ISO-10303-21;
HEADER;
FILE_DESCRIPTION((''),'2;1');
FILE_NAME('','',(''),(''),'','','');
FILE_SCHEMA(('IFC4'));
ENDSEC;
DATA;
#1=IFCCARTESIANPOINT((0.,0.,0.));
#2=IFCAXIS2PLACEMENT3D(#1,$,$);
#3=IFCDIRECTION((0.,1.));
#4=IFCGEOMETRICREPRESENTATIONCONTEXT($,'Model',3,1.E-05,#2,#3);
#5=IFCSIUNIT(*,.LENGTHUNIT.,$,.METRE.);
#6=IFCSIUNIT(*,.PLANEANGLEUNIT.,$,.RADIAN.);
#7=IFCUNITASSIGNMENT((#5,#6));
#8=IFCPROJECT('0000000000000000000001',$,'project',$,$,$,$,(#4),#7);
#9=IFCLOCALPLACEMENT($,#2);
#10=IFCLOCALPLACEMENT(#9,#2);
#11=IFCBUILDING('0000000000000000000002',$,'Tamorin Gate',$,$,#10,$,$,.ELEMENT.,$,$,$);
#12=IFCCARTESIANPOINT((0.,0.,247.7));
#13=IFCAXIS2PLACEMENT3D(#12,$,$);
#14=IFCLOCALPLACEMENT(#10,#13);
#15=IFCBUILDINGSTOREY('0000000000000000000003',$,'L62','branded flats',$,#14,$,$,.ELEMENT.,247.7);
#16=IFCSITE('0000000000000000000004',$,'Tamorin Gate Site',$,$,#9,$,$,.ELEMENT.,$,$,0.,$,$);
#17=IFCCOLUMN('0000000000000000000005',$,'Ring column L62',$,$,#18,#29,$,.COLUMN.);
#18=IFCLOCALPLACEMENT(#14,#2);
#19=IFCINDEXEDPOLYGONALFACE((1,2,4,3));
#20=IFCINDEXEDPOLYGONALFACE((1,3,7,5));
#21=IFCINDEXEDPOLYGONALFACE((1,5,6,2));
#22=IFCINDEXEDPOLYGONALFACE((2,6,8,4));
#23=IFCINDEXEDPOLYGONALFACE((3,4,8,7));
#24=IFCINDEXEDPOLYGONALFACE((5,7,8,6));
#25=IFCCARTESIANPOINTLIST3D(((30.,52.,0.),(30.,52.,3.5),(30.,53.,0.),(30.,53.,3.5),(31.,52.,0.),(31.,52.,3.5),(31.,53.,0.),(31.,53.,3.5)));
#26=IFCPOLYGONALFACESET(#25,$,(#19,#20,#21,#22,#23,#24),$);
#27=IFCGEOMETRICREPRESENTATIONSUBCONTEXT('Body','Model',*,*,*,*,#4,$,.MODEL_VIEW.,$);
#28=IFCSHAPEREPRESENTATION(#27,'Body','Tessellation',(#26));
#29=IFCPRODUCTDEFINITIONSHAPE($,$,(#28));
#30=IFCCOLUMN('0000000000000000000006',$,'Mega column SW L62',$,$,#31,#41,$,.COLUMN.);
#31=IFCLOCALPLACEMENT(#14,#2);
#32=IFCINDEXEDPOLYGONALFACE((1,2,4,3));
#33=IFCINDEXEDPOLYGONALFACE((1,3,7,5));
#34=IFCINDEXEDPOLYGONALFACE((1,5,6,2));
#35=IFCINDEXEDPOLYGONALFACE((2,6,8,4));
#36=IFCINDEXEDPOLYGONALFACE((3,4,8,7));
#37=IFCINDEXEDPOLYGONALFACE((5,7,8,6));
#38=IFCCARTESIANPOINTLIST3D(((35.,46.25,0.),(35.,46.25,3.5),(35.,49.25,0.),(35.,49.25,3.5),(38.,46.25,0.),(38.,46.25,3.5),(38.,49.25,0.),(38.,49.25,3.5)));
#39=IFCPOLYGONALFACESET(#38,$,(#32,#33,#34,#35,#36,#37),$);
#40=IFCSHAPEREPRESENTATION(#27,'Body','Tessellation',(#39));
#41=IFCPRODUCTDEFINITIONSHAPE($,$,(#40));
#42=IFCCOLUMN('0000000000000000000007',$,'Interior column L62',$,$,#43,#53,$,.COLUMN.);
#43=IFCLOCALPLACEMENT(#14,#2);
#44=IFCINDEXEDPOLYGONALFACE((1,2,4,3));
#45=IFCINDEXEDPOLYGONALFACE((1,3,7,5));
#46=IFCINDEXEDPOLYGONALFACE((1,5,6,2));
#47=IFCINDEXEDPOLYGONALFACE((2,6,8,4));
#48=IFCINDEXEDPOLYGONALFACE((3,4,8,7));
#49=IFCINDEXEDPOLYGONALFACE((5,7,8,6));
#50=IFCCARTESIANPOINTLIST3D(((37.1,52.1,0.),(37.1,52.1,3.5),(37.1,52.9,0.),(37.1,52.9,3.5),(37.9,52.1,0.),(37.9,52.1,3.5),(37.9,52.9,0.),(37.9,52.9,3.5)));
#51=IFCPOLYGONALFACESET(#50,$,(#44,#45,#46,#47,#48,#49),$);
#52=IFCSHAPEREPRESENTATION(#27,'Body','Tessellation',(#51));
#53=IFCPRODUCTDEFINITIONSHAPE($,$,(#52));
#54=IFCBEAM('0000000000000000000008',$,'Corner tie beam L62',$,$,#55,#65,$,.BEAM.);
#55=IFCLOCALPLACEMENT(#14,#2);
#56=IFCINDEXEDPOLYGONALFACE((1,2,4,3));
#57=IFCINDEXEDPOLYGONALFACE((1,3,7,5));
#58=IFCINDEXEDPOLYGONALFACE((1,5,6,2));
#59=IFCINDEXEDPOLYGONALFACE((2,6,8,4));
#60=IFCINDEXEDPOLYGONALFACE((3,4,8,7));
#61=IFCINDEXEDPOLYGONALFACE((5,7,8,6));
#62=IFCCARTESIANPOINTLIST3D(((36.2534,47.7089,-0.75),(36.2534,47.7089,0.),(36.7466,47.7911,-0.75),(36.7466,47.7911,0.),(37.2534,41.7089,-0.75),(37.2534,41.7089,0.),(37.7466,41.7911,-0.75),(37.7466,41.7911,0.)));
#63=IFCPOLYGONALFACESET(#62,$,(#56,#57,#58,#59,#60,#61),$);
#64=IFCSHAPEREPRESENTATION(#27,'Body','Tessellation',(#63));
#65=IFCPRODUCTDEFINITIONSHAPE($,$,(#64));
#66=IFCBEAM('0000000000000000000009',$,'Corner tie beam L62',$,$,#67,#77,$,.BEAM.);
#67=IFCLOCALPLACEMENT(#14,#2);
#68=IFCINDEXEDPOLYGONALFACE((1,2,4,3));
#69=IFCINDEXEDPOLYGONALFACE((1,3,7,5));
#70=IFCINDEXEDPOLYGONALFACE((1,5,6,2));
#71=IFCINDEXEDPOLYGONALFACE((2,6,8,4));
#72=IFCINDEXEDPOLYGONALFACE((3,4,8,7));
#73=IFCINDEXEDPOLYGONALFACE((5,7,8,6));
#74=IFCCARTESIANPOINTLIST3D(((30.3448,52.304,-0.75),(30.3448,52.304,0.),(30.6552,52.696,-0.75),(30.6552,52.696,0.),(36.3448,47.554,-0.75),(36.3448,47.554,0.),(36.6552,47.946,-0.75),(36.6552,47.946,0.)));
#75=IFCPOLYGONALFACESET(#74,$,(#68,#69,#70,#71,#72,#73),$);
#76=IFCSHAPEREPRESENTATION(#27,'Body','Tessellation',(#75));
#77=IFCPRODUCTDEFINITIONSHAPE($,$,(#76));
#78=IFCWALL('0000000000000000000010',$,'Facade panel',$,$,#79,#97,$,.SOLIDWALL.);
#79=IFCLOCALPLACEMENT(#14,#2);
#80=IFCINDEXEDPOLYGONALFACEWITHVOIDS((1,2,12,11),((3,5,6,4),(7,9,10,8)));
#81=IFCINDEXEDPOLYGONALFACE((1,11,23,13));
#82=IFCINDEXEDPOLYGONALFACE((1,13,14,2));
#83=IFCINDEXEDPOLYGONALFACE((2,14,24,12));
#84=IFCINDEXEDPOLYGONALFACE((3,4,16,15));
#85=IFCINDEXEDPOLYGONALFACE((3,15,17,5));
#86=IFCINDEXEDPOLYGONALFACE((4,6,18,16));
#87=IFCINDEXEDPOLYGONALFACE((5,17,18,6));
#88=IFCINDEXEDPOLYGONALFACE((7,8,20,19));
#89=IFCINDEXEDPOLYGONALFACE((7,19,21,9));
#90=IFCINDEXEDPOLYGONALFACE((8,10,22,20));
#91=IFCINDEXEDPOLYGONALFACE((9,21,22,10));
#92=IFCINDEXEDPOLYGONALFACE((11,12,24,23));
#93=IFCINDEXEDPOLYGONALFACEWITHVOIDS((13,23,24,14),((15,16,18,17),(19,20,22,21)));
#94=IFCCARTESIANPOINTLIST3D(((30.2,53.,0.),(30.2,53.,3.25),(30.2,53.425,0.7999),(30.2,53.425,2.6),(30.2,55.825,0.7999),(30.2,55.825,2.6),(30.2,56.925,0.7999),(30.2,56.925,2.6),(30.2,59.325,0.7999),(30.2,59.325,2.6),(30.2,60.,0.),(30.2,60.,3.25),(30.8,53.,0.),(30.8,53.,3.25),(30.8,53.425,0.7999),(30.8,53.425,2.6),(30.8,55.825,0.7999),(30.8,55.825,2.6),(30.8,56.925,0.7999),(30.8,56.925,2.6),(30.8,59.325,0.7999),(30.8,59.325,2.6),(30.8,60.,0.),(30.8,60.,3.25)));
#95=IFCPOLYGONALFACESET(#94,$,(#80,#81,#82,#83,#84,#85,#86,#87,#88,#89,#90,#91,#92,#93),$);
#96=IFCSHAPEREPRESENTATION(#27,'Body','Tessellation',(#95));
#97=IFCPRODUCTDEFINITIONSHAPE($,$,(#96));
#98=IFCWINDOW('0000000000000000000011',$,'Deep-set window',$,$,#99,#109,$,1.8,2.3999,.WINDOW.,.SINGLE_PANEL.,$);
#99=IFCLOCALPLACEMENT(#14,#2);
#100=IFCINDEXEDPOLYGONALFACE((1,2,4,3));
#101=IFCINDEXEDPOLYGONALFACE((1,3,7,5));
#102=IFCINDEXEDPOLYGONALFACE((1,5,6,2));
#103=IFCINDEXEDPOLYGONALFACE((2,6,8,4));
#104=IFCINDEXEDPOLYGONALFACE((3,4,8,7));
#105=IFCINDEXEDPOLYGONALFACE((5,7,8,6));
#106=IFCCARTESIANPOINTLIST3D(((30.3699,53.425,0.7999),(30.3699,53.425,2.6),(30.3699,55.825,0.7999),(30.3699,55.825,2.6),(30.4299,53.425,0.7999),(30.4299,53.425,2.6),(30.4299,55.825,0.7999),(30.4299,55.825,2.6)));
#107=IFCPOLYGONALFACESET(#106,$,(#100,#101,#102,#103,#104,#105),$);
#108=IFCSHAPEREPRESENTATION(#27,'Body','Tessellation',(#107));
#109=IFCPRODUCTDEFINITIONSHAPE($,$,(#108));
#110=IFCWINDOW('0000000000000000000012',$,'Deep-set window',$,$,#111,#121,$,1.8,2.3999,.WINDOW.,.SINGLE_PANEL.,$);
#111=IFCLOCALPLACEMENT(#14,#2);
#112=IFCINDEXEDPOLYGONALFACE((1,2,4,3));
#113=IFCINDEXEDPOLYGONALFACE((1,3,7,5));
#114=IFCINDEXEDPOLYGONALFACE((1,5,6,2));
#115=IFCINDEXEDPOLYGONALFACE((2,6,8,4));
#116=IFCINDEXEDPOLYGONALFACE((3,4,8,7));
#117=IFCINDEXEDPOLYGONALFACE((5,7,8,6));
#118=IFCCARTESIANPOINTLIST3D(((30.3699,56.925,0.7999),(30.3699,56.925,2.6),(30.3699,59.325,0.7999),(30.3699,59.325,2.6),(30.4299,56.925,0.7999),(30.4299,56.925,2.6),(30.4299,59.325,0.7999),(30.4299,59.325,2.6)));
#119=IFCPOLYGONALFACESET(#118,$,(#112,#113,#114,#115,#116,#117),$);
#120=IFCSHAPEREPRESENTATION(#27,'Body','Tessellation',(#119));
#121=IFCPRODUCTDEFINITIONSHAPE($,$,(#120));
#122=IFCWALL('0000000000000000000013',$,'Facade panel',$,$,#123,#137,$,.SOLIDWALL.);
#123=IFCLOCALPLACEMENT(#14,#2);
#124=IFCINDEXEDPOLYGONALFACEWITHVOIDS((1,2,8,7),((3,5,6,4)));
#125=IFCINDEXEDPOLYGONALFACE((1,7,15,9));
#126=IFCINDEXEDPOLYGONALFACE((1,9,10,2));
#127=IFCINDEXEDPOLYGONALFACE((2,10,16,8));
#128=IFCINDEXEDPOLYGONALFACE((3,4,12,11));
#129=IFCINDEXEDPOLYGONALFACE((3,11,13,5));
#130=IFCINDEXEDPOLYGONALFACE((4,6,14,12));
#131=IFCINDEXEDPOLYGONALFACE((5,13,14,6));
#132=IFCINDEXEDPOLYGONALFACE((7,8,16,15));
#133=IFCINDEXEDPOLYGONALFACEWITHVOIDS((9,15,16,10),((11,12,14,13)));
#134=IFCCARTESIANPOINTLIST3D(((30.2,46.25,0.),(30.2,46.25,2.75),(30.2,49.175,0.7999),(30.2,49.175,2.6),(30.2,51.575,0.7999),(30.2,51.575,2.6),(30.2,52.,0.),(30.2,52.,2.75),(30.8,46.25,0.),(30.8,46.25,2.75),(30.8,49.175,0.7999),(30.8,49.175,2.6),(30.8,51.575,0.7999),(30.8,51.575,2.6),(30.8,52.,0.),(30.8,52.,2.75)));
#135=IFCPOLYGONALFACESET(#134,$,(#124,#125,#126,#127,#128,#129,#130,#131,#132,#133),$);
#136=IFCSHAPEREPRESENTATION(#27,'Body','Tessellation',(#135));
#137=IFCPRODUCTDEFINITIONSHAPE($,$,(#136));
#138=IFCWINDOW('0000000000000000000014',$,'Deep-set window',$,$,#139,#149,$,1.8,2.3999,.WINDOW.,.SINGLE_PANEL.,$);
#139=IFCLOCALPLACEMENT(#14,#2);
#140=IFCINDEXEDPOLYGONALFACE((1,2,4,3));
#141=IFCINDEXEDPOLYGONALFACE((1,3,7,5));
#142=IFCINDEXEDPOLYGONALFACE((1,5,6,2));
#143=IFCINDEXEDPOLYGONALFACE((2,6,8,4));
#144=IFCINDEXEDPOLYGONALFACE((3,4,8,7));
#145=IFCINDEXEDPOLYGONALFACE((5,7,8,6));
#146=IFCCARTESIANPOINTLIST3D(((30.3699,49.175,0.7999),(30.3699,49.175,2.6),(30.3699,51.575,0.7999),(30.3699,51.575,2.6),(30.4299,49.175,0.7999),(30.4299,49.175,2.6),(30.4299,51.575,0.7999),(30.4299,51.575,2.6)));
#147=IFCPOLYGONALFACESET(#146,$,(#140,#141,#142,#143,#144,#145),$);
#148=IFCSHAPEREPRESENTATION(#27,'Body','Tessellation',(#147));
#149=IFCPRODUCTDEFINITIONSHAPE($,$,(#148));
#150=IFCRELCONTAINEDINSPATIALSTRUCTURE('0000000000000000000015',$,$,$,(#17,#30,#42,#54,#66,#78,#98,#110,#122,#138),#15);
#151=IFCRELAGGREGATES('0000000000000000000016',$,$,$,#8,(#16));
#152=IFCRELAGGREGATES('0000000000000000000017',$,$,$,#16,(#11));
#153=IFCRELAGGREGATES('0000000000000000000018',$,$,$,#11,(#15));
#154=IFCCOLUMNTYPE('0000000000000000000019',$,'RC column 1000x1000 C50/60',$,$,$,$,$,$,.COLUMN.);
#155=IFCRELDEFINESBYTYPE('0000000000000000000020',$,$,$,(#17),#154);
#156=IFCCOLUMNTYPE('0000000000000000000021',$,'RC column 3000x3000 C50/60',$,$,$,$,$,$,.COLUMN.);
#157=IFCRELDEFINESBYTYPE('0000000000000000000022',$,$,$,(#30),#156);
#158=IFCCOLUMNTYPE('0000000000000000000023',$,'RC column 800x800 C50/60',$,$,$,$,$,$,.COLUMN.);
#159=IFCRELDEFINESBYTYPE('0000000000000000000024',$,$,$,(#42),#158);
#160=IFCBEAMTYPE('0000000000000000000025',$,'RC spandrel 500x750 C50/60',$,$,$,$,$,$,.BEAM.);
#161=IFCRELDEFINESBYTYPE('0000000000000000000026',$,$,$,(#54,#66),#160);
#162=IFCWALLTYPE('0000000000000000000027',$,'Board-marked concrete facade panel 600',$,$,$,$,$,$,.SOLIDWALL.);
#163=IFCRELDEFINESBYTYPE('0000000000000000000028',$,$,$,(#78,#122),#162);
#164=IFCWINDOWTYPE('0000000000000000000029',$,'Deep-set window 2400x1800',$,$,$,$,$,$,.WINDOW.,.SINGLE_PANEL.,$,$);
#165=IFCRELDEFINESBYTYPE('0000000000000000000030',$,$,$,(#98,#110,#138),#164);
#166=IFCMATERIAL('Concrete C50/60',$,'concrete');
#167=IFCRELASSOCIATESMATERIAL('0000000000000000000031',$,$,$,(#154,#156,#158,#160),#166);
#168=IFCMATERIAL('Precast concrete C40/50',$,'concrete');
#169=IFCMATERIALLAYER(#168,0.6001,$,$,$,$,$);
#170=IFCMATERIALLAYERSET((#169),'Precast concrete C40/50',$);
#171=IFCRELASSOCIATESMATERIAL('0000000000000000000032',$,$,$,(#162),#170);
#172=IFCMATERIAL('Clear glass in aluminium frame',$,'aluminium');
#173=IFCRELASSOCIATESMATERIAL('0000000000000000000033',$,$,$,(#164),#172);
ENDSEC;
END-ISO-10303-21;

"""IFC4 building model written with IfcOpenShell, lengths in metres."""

from ifc_helpers import new_model, si_unit, direction, frame, frame_2d, origin, origin_2d, place, context, subcontext, project, spatial, rectangle, extrude, material, layer, layer_set, material_profile, profile_set, type_object, element, fill, save


model = new_model("IFC4")

# Units and contexts
model_context = context("Model", 3, precision=1e-05, world=origin(), true_north=direction((0.0, 1.0)))
body_context = subcontext(model_context, "Body", "Model", "MODEL_VIEW")
ifc_project = project(units=[si_unit("LENGTHUNIT", "METRE"), si_unit("PLANEANGLEUNIT", "RADIAN")], contexts=[model_context])

# Site, building, storey
site_placement = place(None, origin())
site = spatial("IfcSite", under=ifc_project, at=site_placement, Name="Tamorin Gate Site", CompositionType="ELEMENT", RefElevation=0.0)
building_placement = place(site_placement, origin())
building = spatial("IfcBuilding", under=site, at=building_placement, Name="Tamorin Gate", CompositionType="ELEMENT")
storey_placement = place(building_placement, frame((0.0, 0.0, 247.7)))
storey = spatial("IfcBuildingStorey", under=building, at=storey_placement, Name="L62", Description="branded flats", CompositionType="ELEMENT", Elevation=247.7)

# Columns
ifc_material_1 = material(Name="Concrete C50/60", Category="concrete")
ifc_material_profile_1 = material_profile(ifc_material_1, rectangle(XDim=1.0, YDim=1.0, at=origin_2d()), Name="RC 1000x1000")
ifc_profile_set_1 = profile_set([ifc_material_profile_1], Name="Concrete C50/60")
column_type_1 = type_object("IfcColumnType", Name="RC column 1000x1000 C50/60", PredefinedType="COLUMN", material=ifc_profile_set_1)
column_1_placement = place(storey_placement, frame((30.5, 52.5, 0.0), z_axis=(0.0, 0.0, 1.0), x_axis=(1.0, 0.0, 0.0)))
element("IfcColumn", 1, at=column_1_placement, inside=storey, type_object=column_type_1, Name="Ring column L62", PredefinedType="COLUMN", context=body_context, shape_type="SweptSolid", body=[
    extrude(rectangle(XDim=1.0, YDim=1.0, at=origin_2d()), origin(), (0.0, 0.0, 1.0), 3.5),
])
ifc_material_profile_2 = material_profile(ifc_material_1, rectangle(XDim=3.0, YDim=3.0, at=origin_2d()), Name="RC 3000x3000")
ifc_profile_set_2 = profile_set([ifc_material_profile_2], Name="Concrete C50/60")
column_type_2 = type_object("IfcColumnType", Name="RC column 3000x3000 C50/60", PredefinedType="COLUMN", material=ifc_profile_set_2)
column_2_placement = place(storey_placement, frame((36.5, 47.75, 0.0), z_axis=(0.0, 0.0, 1.0), x_axis=(1.0, 0.0, 0.0)))
element("IfcColumn", 2, at=column_2_placement, inside=storey, type_object=column_type_2, Name="Mega column SW L62", PredefinedType="COLUMN", context=body_context, shape_type="SweptSolid", body=[
    extrude(rectangle(XDim=3.0, YDim=3.0, at=origin_2d()), origin(), (0.0, 0.0, 1.0), 3.5),
])
ifc_material_profile_3 = material_profile(ifc_material_1, rectangle(XDim=0.8, YDim=0.8, at=origin_2d()), Name="RC 800x800")
ifc_profile_set_3 = profile_set([ifc_material_profile_3], Name="Concrete C50/60")
column_type_3 = type_object("IfcColumnType", Name="RC column 800x800 C50/60", PredefinedType="COLUMN", material=ifc_profile_set_3)
column_3_placement = place(storey_placement, frame((37.5, 52.5, 0.0), z_axis=(0.0, 0.0, 1.0), x_axis=(1.0, 0.0, 0.0)))
element("IfcColumn", 3, at=column_3_placement, inside=storey, type_object=column_type_3, Name="Interior column L62", PredefinedType="COLUMN", context=body_context, shape_type="SweptSolid", body=[
    extrude(rectangle(XDim=0.8, YDim=0.8, at=origin_2d()), origin(), (0.0, 0.0, 1.0), 3.5),
])

# Beams
ifc_material_profile_4 = material_profile(ifc_material_1, rectangle(XDim=0.5, YDim=0.75, at=origin_2d()), Name="RC 500x750")
ifc_profile_set_4 = profile_set([ifc_material_profile_4], Name="Concrete C50/60")
beam_type = type_object("IfcBeamType", Name="RC spandrel 500x750 C50/60", PredefinedType="BEAM", material=ifc_profile_set_4)
beam_1_placement = place(storey_placement, frame((36.5, 47.75, -0.375), z_axis=(0.164399, -0.986394, 0.0), x_axis=(0.986394, 0.164399, 0.0)))
element("IfcBeam", 4, at=beam_1_placement, inside=storey, type_object=beam_type, Name="Corner tie beam L62", PredefinedType="BEAM", context=body_context, shape_type="SweptSolid", body=[
    extrude(rectangle(XDim=0.5, YDim=0.75, at=origin_2d()), origin(), (0.0, 0.0, 1.0), 6.0828),
])
beam_2_placement = place(storey_placement, frame((36.5, 47.75, -0.375), z_axis=(-0.784046, 0.620703, 0.0), x_axis=(-0.620703, -0.784046, 0.0)))
element("IfcBeam", 5, at=beam_2_placement, inside=storey, type_object=beam_type, Name="Corner tie beam L62", PredefinedType="BEAM", context=body_context, shape_type="SweptSolid", body=[
    extrude(rectangle(XDim=0.5, YDim=0.75, at=origin_2d()), origin(), (0.0, 0.0, 1.0), 7.6526),
])

# Wall, openings, windows
ifc_material_2 = material(Name="Precast concrete C40/50", Category="concrete")
ifc_layer_1 = layer(ifc_material_2, 0.6001)
ifc_layer_set_1 = layer_set([ifc_layer_1], Name="Precast concrete C40/50")
wall_type_1 = type_object("IfcWallType", Name="Board-marked concrete facade panel 600", PredefinedType="SOLIDWALL", material=ifc_layer_set_1)
wall_1_placement = place(storey_placement, frame((30.5, 60.0, 0.0), z_axis=(0.0, 0.0, 1.0), x_axis=(0.0, -1.0, 0.0)))
wall_1 = element("IfcWall", 6, at=wall_1_placement, inside=storey, type_object=wall_type_1, Name="Facade panel", PredefinedType="SOLIDWALL", context=body_context, shape_type="SweptSolid", body=[
    extrude(rectangle(XDim=7.0, YDim=0.6001, at=frame_2d((3.5, 0.0))), origin(), (0.0, 0.0, 1.0), 3.25),
])
opening_1_placement = place(wall_1_placement, frame((4.175, 0.0, 0.8)))
opening_1 = element("IfcOpeningElement", 7, at=opening_1_placement, cuts=wall_1, PredefinedType="OPENING", context=body_context, shape_type="SweptSolid", body=[
    extrude(rectangle(XDim=2.3999, YDim=1.8, at=frame_2d((1.2, 0.8999))), frame((0.0, 0.3101, 0.0), z_axis=(0.0, -1.0, 0.0), x_axis=(1.0, 0.0, 0.0)), (0.0, 0.0, 1.0), 0.6201),
])
opening_2_placement = place(wall_1_placement, frame((0.675, 0.0, 0.8)))
opening_2 = element("IfcOpeningElement", 8, at=opening_2_placement, cuts=wall_1, PredefinedType="OPENING", context=body_context, shape_type="SweptSolid", body=[
    extrude(rectangle(XDim=2.3999, YDim=1.8, at=frame_2d((1.2, 0.8999))), frame((0.0, 0.3101, 0.0), z_axis=(0.0, -1.0, 0.0), x_axis=(1.0, 0.0, 0.0)), (0.0, 0.0, 1.0), 0.6201),
])
ifc_material_3 = material(Name="Clear glass in aluminium frame", Category="aluminium")
window_type = type_object("IfcWindowType", Name="Deep-set window 2400x1800", PartitioningType="SINGLE_PANEL", PredefinedType="WINDOW", material=ifc_material_3)
window_1_placement = place(opening_1_placement, origin())
window_1 = element("IfcWindow", 9, at=window_1_placement, inside=storey, type_object=window_type, Name="Deep-set window", OverallHeight=1.8, OverallWidth=2.3999, PartitioningType="SINGLE_PANEL", PredefinedType="WINDOW", context=body_context, shape_type="SweptSolid", body=[
    extrude(rectangle(XDim=2.3999, YDim=1.8, at=frame_2d((1.2, 0.8999))), frame((0.0, -0.0701, 0.0), z_axis=(0.0, -1.0, 0.0), x_axis=(1.0, 0.0, 0.0)), (0.0, 0.0, 1.0), 0.0601),
])
fill(opening_1, window_1)
window_2_placement = place(opening_2_placement, origin())
window_2 = element("IfcWindow", 10, at=window_2_placement, inside=storey, type_object=window_type, Name="Deep-set window", OverallHeight=1.8, OverallWidth=2.3999, PartitioningType="SINGLE_PANEL", PredefinedType="WINDOW", context=body_context, shape_type="SweptSolid", body=[
    extrude(rectangle(XDim=2.3999, YDim=1.8, at=frame_2d((1.2, 0.8999))), frame((0.0, -0.0701, 0.0), z_axis=(0.0, -1.0, 0.0), x_axis=(1.0, 0.0, 0.0)), (0.0, 0.0, 1.0), 0.0601),
])
fill(opening_2, window_2)

# Wall, opening, window
wall_2_placement = place(storey_placement, frame((30.5, 52.0, 0.0), z_axis=(0.0, 0.0, 1.0), x_axis=(0.0, -1.0, 0.0)))
wall_2 = element("IfcWall", 11, at=wall_2_placement, inside=storey, type_object=wall_type_1, Name="Facade panel", PredefinedType="SOLIDWALL", context=body_context, shape_type="SweptSolid", body=[
    extrude(rectangle(XDim=5.75, YDim=0.6001, at=frame_2d((2.875, 0.0))), origin(), (0.0, 0.0, 1.0), 2.75),
])
opening_3_placement = place(wall_2_placement, frame((0.425, 0.0, 0.8)))
opening_3 = element("IfcOpeningElement", 12, at=opening_3_placement, cuts=wall_2, PredefinedType="OPENING", context=body_context, shape_type="SweptSolid", body=[
    extrude(rectangle(XDim=2.3999, YDim=1.8, at=frame_2d((1.2, 0.8999))), frame((0.0, 0.3101, 0.0), z_axis=(0.0, -1.0, 0.0), x_axis=(1.0, 0.0, 0.0)), (0.0, 0.0, 1.0), 0.6201),
])
window_3_placement = place(opening_3_placement, origin())
window_3 = element("IfcWindow", 13, at=window_3_placement, inside=storey, type_object=window_type, Name="Deep-set window", OverallHeight=1.8, OverallWidth=2.3999, PartitioningType="SINGLE_PANEL", PredefinedType="WINDOW", context=body_context, shape_type="SweptSolid", body=[
    extrude(rectangle(XDim=2.3999, YDim=1.8, at=frame_2d((1.2, 0.8999))), frame((0.0, -0.0701, 0.0), z_axis=(0.0, -1.0, 0.0), x_axis=(1.0, 0.0, 0.0)), (0.0, 0.0, 1.0), 0.0601),
])
fill(opening_3, window_3)

save(model, "model.ifc")
